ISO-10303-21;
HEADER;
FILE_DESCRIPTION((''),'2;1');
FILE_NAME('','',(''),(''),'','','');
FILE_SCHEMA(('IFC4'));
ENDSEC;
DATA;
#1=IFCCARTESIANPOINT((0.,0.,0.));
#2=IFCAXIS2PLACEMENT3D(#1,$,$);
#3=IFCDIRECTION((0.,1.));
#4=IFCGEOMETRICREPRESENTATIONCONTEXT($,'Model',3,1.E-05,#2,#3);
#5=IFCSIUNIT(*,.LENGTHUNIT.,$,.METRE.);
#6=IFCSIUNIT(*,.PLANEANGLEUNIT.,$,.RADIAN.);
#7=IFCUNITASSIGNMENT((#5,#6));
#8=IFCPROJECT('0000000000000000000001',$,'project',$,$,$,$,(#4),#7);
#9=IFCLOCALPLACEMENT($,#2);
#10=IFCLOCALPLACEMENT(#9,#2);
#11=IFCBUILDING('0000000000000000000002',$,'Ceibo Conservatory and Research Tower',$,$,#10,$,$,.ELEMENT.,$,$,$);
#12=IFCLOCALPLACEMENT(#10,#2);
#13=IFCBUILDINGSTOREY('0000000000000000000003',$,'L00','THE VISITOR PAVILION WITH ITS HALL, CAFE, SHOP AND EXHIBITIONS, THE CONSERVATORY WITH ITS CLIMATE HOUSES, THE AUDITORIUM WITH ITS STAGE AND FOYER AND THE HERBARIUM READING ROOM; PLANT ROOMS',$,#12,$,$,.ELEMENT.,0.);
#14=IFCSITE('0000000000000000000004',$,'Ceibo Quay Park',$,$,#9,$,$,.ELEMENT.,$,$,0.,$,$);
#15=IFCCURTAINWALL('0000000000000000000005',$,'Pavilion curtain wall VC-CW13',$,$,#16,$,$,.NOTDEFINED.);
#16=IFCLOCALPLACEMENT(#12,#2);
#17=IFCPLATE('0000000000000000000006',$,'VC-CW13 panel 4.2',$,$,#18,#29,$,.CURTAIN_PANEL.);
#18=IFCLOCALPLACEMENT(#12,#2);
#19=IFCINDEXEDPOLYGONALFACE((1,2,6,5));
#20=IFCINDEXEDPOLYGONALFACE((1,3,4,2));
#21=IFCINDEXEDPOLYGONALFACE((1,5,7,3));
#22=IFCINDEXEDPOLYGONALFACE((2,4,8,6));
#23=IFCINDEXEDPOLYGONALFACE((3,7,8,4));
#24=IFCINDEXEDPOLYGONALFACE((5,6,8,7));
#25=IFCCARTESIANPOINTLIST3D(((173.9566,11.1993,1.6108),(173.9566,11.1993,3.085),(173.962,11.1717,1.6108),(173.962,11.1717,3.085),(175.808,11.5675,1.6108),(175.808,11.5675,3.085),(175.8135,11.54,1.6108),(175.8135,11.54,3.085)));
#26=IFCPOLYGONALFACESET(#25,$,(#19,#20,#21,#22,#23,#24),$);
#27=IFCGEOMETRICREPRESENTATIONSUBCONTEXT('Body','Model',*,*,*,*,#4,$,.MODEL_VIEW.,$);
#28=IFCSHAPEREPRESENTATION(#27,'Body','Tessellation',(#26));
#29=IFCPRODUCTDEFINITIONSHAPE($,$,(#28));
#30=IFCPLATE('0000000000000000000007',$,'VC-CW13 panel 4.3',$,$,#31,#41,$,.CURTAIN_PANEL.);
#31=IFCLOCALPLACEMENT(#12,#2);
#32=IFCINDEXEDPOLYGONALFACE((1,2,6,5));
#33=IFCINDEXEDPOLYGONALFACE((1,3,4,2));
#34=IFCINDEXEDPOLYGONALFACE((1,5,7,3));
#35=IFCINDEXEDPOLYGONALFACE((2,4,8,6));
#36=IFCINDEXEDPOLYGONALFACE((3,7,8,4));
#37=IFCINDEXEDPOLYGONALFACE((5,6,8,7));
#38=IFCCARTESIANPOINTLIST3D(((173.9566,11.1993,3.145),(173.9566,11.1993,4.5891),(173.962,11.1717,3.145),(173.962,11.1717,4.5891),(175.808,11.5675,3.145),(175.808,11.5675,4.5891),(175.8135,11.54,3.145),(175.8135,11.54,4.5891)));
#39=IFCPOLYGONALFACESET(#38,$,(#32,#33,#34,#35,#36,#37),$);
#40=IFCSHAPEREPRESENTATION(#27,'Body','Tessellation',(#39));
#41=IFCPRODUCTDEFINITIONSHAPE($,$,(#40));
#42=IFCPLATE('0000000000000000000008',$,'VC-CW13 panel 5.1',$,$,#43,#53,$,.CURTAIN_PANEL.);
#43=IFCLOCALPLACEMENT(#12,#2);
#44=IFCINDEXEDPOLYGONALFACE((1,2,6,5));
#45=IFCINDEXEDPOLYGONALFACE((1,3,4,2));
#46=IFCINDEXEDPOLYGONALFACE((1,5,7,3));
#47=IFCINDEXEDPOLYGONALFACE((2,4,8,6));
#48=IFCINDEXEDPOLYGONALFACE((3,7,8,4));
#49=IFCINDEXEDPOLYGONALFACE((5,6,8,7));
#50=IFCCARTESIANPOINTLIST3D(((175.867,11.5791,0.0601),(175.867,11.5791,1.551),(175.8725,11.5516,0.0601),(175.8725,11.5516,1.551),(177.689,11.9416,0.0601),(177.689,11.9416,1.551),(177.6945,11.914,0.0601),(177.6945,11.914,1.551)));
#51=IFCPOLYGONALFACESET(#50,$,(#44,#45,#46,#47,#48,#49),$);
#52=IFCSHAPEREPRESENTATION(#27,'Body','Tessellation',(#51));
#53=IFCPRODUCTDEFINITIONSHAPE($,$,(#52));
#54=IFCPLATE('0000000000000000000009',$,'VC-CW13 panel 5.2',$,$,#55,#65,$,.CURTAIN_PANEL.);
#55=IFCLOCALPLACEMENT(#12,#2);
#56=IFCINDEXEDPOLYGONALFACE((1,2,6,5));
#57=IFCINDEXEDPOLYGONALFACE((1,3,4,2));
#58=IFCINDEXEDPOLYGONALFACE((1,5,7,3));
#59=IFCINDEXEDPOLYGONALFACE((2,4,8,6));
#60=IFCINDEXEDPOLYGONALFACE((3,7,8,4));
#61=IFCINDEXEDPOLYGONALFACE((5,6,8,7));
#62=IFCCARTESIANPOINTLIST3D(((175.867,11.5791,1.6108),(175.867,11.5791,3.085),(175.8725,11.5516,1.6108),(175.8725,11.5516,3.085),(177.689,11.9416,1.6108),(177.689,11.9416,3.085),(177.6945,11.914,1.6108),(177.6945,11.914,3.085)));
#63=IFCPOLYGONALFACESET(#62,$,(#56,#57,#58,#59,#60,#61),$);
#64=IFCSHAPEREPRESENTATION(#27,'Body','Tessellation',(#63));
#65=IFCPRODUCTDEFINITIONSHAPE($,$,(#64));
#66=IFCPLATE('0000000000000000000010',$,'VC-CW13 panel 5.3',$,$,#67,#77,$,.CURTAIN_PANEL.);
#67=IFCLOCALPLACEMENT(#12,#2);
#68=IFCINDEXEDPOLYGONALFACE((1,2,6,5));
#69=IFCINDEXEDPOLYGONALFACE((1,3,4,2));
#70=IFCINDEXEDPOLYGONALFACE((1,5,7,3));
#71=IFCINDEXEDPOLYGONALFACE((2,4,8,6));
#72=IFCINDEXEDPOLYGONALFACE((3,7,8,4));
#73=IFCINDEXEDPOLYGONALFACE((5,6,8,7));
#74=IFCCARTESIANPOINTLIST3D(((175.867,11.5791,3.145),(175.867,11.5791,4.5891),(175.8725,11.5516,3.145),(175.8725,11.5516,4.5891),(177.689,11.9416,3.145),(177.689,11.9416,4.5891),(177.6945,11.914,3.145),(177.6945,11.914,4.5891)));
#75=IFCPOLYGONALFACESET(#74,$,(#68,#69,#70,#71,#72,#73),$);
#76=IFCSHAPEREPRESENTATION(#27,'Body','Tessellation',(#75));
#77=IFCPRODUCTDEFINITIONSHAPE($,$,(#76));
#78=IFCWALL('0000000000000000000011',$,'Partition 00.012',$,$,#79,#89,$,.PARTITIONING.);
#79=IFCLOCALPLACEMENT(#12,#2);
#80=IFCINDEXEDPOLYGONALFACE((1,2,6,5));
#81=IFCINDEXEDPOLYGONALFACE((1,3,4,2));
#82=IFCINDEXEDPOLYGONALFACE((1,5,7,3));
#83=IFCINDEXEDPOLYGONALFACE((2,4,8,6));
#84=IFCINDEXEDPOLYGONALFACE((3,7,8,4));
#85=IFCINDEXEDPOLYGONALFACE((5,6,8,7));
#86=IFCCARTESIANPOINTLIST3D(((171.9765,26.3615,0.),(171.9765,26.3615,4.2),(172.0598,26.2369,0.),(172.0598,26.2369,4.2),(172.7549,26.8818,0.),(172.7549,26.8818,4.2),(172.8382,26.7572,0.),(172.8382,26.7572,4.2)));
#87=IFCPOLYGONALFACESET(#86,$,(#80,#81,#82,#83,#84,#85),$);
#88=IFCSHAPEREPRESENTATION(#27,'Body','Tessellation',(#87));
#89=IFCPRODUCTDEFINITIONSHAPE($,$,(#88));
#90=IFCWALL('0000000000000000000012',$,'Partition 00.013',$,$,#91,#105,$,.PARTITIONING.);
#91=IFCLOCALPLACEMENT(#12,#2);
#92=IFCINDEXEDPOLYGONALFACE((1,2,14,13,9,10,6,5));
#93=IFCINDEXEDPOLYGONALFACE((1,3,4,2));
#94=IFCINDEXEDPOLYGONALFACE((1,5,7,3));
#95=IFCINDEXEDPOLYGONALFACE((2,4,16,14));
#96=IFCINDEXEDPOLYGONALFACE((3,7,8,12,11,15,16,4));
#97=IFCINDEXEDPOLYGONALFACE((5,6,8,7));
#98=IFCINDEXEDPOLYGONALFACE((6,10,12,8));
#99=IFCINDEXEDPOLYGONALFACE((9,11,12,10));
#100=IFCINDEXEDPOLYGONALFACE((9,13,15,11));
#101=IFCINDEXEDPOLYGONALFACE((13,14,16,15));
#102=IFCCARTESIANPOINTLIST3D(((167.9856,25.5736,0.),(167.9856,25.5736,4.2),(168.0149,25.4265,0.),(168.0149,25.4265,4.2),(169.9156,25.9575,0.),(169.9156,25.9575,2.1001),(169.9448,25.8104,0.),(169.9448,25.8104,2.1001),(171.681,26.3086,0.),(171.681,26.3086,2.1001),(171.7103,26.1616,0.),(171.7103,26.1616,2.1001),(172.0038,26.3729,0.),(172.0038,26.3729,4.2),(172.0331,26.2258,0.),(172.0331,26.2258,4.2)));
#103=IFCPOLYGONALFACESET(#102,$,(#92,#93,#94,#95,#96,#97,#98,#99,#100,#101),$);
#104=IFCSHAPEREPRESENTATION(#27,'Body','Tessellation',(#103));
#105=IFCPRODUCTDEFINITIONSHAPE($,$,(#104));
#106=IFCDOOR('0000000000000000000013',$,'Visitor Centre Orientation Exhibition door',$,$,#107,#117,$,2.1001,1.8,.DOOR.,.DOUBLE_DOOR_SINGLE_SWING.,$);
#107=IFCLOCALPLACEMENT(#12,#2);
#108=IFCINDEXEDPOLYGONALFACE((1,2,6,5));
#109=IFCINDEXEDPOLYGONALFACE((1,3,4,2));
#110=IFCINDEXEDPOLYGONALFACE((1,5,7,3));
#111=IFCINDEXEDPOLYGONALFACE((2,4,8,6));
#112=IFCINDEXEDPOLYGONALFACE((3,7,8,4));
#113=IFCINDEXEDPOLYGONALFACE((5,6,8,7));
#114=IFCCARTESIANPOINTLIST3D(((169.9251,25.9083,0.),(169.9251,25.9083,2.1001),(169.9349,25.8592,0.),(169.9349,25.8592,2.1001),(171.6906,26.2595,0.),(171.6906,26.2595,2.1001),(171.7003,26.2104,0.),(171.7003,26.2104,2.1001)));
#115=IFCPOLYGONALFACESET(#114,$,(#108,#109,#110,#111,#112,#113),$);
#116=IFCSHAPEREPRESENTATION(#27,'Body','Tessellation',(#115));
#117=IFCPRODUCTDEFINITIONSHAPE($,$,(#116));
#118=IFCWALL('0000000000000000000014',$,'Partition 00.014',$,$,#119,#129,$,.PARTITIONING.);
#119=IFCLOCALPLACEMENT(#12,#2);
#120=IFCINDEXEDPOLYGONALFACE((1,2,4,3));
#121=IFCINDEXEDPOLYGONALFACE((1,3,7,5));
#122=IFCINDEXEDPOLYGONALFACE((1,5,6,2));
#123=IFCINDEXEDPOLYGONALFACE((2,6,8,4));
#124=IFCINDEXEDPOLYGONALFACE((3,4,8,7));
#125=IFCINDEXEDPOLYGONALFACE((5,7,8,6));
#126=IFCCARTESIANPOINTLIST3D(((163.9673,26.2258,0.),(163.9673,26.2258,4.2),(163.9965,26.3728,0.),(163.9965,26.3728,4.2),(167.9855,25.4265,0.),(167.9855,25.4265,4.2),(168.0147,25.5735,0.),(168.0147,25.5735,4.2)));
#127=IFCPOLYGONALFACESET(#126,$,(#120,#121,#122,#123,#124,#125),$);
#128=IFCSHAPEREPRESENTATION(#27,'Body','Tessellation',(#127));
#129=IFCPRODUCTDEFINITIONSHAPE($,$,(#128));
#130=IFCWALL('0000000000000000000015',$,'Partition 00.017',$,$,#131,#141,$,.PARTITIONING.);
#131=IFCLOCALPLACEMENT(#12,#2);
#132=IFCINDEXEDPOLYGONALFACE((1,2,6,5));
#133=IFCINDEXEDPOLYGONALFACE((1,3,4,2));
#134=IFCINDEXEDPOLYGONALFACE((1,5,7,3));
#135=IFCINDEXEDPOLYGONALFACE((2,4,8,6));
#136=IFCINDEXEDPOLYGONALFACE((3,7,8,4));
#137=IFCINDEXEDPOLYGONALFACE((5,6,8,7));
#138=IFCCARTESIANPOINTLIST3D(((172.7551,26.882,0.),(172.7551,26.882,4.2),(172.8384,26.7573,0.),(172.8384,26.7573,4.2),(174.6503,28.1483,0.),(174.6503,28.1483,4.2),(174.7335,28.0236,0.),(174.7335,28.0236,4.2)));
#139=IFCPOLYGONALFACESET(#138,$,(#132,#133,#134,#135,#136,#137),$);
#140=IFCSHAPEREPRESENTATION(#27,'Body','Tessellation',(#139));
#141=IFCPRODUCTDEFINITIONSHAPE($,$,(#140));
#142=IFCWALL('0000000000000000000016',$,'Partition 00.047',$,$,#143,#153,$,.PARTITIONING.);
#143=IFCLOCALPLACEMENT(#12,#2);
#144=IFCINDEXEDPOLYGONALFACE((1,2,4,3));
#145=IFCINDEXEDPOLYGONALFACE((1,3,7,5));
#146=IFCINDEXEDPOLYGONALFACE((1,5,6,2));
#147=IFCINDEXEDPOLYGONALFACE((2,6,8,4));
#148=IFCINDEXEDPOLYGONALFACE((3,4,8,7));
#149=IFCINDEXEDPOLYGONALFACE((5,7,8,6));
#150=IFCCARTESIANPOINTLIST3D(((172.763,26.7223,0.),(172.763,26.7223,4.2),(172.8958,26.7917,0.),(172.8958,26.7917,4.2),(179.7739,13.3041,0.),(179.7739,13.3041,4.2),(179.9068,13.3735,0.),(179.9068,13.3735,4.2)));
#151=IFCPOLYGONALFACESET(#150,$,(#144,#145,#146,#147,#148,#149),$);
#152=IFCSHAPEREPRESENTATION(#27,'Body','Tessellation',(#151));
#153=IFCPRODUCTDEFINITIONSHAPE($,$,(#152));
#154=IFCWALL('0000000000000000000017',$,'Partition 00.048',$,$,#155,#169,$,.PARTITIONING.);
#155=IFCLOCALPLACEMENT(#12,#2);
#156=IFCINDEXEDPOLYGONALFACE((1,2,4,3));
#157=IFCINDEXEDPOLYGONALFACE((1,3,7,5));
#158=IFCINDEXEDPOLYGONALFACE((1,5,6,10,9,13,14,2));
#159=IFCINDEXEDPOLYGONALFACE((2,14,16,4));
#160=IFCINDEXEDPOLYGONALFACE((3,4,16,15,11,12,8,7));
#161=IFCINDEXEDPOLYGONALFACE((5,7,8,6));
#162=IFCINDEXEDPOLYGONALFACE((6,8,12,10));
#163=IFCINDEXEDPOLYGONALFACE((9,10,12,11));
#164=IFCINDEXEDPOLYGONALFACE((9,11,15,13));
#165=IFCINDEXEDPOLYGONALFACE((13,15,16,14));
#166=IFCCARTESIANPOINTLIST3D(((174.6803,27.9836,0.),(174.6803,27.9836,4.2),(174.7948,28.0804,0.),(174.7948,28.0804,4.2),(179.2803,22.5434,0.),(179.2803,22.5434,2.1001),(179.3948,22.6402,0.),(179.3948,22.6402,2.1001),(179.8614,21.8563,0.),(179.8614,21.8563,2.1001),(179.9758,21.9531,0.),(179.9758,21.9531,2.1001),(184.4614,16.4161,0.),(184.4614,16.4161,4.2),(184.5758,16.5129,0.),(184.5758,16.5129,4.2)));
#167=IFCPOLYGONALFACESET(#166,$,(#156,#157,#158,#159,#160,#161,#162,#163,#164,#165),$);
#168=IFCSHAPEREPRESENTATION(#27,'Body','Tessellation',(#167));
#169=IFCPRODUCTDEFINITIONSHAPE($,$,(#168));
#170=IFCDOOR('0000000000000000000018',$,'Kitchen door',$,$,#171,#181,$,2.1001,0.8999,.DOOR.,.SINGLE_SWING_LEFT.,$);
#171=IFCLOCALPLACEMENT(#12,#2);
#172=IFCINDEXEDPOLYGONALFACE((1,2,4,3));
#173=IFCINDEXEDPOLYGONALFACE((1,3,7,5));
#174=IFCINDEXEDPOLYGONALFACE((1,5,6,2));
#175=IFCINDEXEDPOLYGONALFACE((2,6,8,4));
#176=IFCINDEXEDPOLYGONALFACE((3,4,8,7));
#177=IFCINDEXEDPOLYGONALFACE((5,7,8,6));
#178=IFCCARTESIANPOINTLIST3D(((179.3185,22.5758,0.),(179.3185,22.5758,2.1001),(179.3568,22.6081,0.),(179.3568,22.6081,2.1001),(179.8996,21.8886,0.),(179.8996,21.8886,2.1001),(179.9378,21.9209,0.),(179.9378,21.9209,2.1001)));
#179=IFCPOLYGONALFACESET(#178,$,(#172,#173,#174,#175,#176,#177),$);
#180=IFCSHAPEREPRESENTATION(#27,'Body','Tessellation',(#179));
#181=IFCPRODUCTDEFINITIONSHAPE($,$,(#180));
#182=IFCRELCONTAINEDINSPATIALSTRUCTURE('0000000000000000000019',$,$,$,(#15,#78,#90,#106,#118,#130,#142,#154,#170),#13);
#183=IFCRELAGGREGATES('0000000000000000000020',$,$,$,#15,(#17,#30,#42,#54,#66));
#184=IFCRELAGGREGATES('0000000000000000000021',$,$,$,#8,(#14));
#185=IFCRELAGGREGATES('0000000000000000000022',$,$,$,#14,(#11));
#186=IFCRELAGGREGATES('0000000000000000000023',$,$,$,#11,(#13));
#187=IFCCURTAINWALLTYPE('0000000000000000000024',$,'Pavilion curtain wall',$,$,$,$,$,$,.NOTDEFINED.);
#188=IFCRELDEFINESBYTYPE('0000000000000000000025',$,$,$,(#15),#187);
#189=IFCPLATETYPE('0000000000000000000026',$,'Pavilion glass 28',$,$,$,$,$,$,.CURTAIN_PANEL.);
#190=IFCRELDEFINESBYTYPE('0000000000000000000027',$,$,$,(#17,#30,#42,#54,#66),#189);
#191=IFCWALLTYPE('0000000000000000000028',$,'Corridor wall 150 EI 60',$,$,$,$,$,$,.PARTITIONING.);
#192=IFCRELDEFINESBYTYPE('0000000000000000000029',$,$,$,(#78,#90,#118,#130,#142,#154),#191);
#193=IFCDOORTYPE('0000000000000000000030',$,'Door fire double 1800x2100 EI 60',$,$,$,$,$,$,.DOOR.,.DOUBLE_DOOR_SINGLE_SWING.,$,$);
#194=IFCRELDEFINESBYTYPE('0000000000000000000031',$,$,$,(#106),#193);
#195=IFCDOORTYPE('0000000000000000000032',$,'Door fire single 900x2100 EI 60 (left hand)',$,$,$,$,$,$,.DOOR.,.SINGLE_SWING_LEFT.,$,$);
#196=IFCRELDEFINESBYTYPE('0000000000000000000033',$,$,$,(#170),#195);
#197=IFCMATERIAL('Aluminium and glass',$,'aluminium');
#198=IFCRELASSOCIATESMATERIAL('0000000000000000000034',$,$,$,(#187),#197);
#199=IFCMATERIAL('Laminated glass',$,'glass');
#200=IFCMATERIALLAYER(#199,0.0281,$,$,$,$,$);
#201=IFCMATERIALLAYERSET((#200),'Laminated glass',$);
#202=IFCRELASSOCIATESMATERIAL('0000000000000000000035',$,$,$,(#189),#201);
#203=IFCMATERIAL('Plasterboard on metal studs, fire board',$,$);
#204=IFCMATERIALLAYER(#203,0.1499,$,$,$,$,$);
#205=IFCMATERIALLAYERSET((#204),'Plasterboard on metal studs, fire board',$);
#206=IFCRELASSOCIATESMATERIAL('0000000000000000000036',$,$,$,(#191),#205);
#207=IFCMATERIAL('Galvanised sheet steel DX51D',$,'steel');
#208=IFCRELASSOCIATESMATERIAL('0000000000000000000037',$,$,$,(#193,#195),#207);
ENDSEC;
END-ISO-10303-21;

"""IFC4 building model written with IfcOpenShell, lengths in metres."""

from ifc_helpers import new_model, si_unit, direction, frame, frame_2d, origin, origin_2d, place, context, subcontext, project, spatial, rectangle, extrude, material, layer, layer_set, type_object, element, fill, aggregate, save


model = new_model("IFC4")

# Units and contexts
model_context = context("Model", 3, precision=1e-05, world=origin(), true_north=direction((0.0, 1.0)))
body_context = subcontext(model_context, "Body", "Model", "MODEL_VIEW")
ifc_project = project(units=[si_unit("LENGTHUNIT", "METRE"), si_unit("PLANEANGLEUNIT", "RADIAN")], contexts=[model_context])

# Site, building, storey
site_placement = place(None, origin())
site = spatial("IfcSite", under=ifc_project, at=site_placement, Name="Ceibo Quay Park", CompositionType="ELEMENT", RefElevation=0.0)
building_placement = place(site_placement, origin())
building = spatial("IfcBuilding", under=site, at=building_placement, Name="Ceibo Conservatory and Research Tower", CompositionType="ELEMENT")
storey_placement = place(building_placement, origin())
storey = spatial("IfcBuildingStorey", under=building, at=storey_placement, Name="L00", Description="THE VISITOR PAVILION WITH ITS HALL, CAFE, SHOP AND EXHIBITIONS, THE CONSERVATORY WITH ITS CLIMATE HOUSES, THE AUDITORIUM WITH ITS STAGE AND FOYER AND THE HERBARIUM READING ROOM; PLANT ROOMS", CompositionType="ELEMENT", Elevation=0.0)

# Curtain wall, plates
ifc_material_1 = material(Name="Aluminium and glass", Category="aluminium")
curtain_wall_type = type_object("IfcCurtainWallType", Name="Pavilion curtain wall", PredefinedType="NOTDEFINED", material=ifc_material_1)
curtain_wall_placement = place(storey_placement, origin())
curtain_wall = element("IfcCurtainWall", 1, at=curtain_wall_placement, inside=storey, type_object=curtain_wall_type, Name="Pavilion curtain wall VC-CW13", PredefinedType="NOTDEFINED")
ifc_material_2 = material(Name="Laminated glass", Category="glass")
ifc_layer_1 = layer(ifc_material_2, 0.0281)
ifc_layer_set_1 = layer_set([ifc_layer_1], Name="Laminated glass")
plate_type = type_object("IfcPlateType", Name="Pavilion glass 28", PredefinedType="CURTAIN_PANEL", material=ifc_layer_set_1)
plate_1_placement = place(storey_placement, frame((174.885, 11.3696, 1.6108), z_axis=(0.0, 0.0, 1.0), x_axis=(0.980785, 0.19509, 0.0)))
plate_1 = element("IfcPlate", 2, at=plate_1_placement, type_object=plate_type, Name="VC-CW13 panel 4.2", PredefinedType="CURTAIN_PANEL", context=body_context, shape_type="SweptSolid", body=[
    extrude(rectangle(XDim=1.8877, YDim=0.0281, at=origin_2d()), origin(), (0.0, 0.0, 1.0), 1.4741),
])
plate_2_placement = place(storey_placement, frame((174.885, 11.3696, 3.145), z_axis=(0.0, 0.0, 1.0), x_axis=(0.980785, 0.19509, 0.0)))
plate_2 = element("IfcPlate", 3, at=plate_2_placement, type_object=plate_type, Name="VC-CW13 panel 4.3", PredefinedType="CURTAIN_PANEL", context=body_context, shape_type="SweptSolid", body=[
    extrude(rectangle(XDim=1.8877, YDim=0.0281, at=origin_2d()), origin(), (0.0, 0.0, 1.0), 1.4441),
])
plate_3_placement = place(storey_placement, frame((176.7808, 11.7466, 0.0601), z_axis=(0.0, 0.0, 1.0), x_axis=(0.980785, 0.19509, 0.0)))
plate_3 = element("IfcPlate", 4, at=plate_3_placement, type_object=plate_type, Name="VC-CW13 panel 5.1", PredefinedType="CURTAIN_PANEL", context=body_context, shape_type="SweptSolid", body=[
    extrude(rectangle(XDim=1.8577, YDim=0.0281, at=origin_2d()), origin(), (0.0, 0.0, 1.0), 1.491),
])
plate_4_placement = place(storey_placement, frame((176.7808, 11.7466, 1.6108), z_axis=(0.0, 0.0, 1.0), x_axis=(0.980785, 0.19509, 0.0)))
plate_4 = element("IfcPlate", 5, at=plate_4_placement, type_object=plate_type, Name="VC-CW13 panel 5.2", PredefinedType="CURTAIN_PANEL", context=body_context, shape_type="SweptSolid", body=[
    extrude(rectangle(XDim=1.8577, YDim=0.0281, at=origin_2d()), origin(), (0.0, 0.0, 1.0), 1.4741),
])
plate_5_placement = place(storey_placement, frame((176.7808, 11.7466, 3.145), z_axis=(0.0, 0.0, 1.0), x_axis=(0.980785, 0.19509, 0.0)))
plate_5 = element("IfcPlate", 6, at=plate_5_placement, type_object=plate_type, Name="VC-CW13 panel 5.3", PredefinedType="CURTAIN_PANEL", context=body_context, shape_type="SweptSolid", body=[
    extrude(rectangle(XDim=1.8577, YDim=0.0281, at=origin_2d()), origin(), (0.0, 0.0, 1.0), 1.4441),
])
aggregate(curtain_wall, [plate_1, plate_2, plate_3, plate_4, plate_5])

# Wall
ifc_material_3 = material(Name="Plasterboard on metal studs, fire board")
ifc_layer_2 = layer(ifc_material_3, 0.1499)
ifc_layer_set_2 = layer_set([ifc_layer_2], Name="Plasterboard on metal studs, fire board")
wall_type = type_object("IfcWallType", Name="Corridor wall 150 EI 60", PredefinedType="PARTITIONING", material=ifc_layer_set_2)
wall_1_placement = place(storey_placement, frame((172.7966, 26.8196, 0.0), z_axis=(0.0, 0.0, 1.0), x_axis=(-0.831368, -0.555723, 0.0)))
element("IfcWall", 7, at=wall_1_placement, inside=storey, type_object=wall_type, Name="Partition 00.012", PredefinedType="PARTITIONING", context=body_context, shape_type="SweptSolid", body=[
    extrude(rectangle(XDim=0.9363, YDim=0.1499, at=frame_2d((0.4683, 0.0))), origin(), (0.0, 0.0, 1.0), 4.2),
])

# Wall, opening, door
wall_2_placement = place(storey_placement, frame((172.0183, 26.2993, 0.0), z_axis=(0.0, 0.0, 1.0), x_axis=(-0.980784, -0.195096, 0.0)))
wall_2 = element("IfcWall", 8, at=wall_2_placement, inside=storey, type_object=wall_type, Name="Partition 00.013", PredefinedType="PARTITIONING", context=body_context, shape_type="SweptSolid", body=[
    extrude(rectangle(XDim=4.0969, YDim=0.1499, at=frame_2d((2.0483, 0.0))), origin(), (0.0, 0.0, 1.0), 4.2),
])
opening_1_placement = place(wall_2_placement, frame((0.3291, 0.0, 0.0)))
opening_1 = element("IfcOpeningElement", 9, at=opening_1_placement, cuts=wall_2, PredefinedType="OPENING", context=body_context, shape_type="SweptSolid", body=[
    extrude(rectangle(XDim=1.8, YDim=2.1001, at=frame_2d((0.8999, 1.05))), frame((0.0, 0.085, 0.0), z_axis=(0.0, -1.0, 0.0), x_axis=(1.0, 0.0, 0.0)), (0.0, 0.0, 1.0), 0.1699),
])
ifc_material_4 = material(Name="Galvanised sheet steel DX51D", Category="steel")
door_type_1 = type_object("IfcDoorType", Name="Door fire double 1800x2100 EI 60", OperationType="DOUBLE_DOOR_SINGLE_SWING", PredefinedType="DOOR", material=ifc_material_4)
door_1_placement = place(opening_1_placement, frame((1.8, 0.0, 0.0), z_axis=(0.0, 0.0, 1.0), x_axis=(-1.0, 0.0, 0.0)))
door_1 = element("IfcDoor", 10, at=door_1_placement, inside=storey, type_object=door_type_1, Name="Visitor Centre Orientation Exhibition door", OperationType="DOUBLE_DOOR_SINGLE_SWING", OverallHeight=2.1001, OverallWidth=1.8, PredefinedType="DOOR", context=body_context, shape_type="SweptSolid", body=[
    extrude(rectangle(XDim=1.8, YDim=2.1001, at=frame_2d((0.8999, 1.05))), frame((0.0, 0.0249, 0.0), z_axis=(0.0, -1.0, 0.0), x_axis=(1.0, 0.0, 0.0)), (0.0, 0.0, 1.0), 0.05),
])
fill(opening_1, door_1)

# Walls
wall_3_placement = place(storey_placement, frame((168.0, 25.5, 0.0), z_axis=(0.0, 0.0, 1.0), x_axis=(-0.980784, 0.195096, 0.0)))
element("IfcWall", 11, at=wall_3_placement, inside=storey, type_object=wall_type, Name="Partition 00.014", PredefinedType="PARTITIONING", context=body_context, shape_type="SweptSolid", body=[
    extrude(rectangle(XDim=4.0969, YDim=0.1499, at=frame_2d((2.0483, 0.0))), origin(), (0.0, 0.0, 1.0), 4.2),
])
wall_4_placement = place(storey_placement, frame((174.6919, 28.0859, 0.0), z_axis=(0.0, 0.0, 1.0), x_axis=(-0.831473, -0.555565, 0.0)))
element("IfcWall", 12, at=wall_4_placement, inside=storey, type_object=wall_type, Name="Partition 00.017", PredefinedType="PARTITIONING", context=body_context, shape_type="SweptSolid", body=[
    extrude(rectangle(XDim=2.2793, YDim=0.1499, at=frame_2d((1.1396, 0.0))), origin(), (0.0, 0.0, 1.0), 4.2),
])
wall_5_placement = place(storey_placement, frame((172.8293, 26.7571, 0.0), z_axis=(0.0, 0.0, 1.0), x_axis=(0.463094, -0.886309, 0.0)))
element("IfcWall", 13, at=wall_5_placement, inside=storey, type_object=wall_type, Name="Partition 00.047", PredefinedType="PARTITIONING", context=body_context, shape_type="SweptSolid", body=[
    extrude(rectangle(XDim=15.1394, YDim=0.1499, at=frame_2d((7.5698, 0.0))), origin(), (0.0, 0.0, 1.0), 4.2),
])

# Wall, opening, door
wall_6_placement = place(storey_placement, frame((174.7375, 28.032, 0.0), z_axis=(0.0, 0.0, 1.0), x_axis=(0.645681, -0.763607, 0.0)))
wall_6 = element("IfcWall", 14, at=wall_6_placement, inside=storey, type_object=wall_type, Name="Partition 00.048", PredefinedType="PARTITIONING", context=body_context, shape_type="SweptSolid", body=[
    extrude(rectangle(XDim=15.1484, YDim=0.1499, at=frame_2d((7.5742, 0.0))), origin(), (0.0, 0.0, 1.0), 4.2),
])
opening_2_placement = place(wall_6_placement, frame((7.1243, 0.0, 0.0)))
opening_2 = element("IfcOpeningElement", 15, at=opening_2_placement, cuts=wall_6, PredefinedType="OPENING", context=body_context, shape_type="SweptSolid", body=[
    extrude(rectangle(XDim=0.8999, YDim=2.1001, at=frame_2d((0.45, 1.05))), frame((0.0, 0.085, 0.0), z_axis=(0.0, -1.0, 0.0), x_axis=(1.0, 0.0, 0.0)), (0.0, 0.0, 1.0), 0.1699),
])
door_type_2 = type_object("IfcDoorType", Name="Door fire single 900x2100 EI 60 (left hand)", OperationType="SINGLE_SWING_LEFT", PredefinedType="DOOR", material=ifc_material_4)
door_2_placement = place(opening_2_placement, frame((0.8999, 0.0, 0.0), z_axis=(0.0, 0.0, 1.0), x_axis=(-1.0, 0.0, 0.0)))
door_2 = element("IfcDoor", 16, at=door_2_placement, inside=storey, type_object=door_type_2, Name="Kitchen door", OperationType="SINGLE_SWING_LEFT", OverallHeight=2.1001, OverallWidth=0.8999, PredefinedType="DOOR", context=body_context, shape_type="SweptSolid", body=[
    extrude(rectangle(XDim=0.8999, YDim=2.1001, at=frame_2d((0.45, 1.05))), frame((0.0, 0.0249, 0.0), z_axis=(0.0, -1.0, 0.0), x_axis=(1.0, 0.0, 0.0)), (0.0, 0.0, 1.0), 0.05),
])
fill(opening_2, door_2)

save(model, "model.ifc")
